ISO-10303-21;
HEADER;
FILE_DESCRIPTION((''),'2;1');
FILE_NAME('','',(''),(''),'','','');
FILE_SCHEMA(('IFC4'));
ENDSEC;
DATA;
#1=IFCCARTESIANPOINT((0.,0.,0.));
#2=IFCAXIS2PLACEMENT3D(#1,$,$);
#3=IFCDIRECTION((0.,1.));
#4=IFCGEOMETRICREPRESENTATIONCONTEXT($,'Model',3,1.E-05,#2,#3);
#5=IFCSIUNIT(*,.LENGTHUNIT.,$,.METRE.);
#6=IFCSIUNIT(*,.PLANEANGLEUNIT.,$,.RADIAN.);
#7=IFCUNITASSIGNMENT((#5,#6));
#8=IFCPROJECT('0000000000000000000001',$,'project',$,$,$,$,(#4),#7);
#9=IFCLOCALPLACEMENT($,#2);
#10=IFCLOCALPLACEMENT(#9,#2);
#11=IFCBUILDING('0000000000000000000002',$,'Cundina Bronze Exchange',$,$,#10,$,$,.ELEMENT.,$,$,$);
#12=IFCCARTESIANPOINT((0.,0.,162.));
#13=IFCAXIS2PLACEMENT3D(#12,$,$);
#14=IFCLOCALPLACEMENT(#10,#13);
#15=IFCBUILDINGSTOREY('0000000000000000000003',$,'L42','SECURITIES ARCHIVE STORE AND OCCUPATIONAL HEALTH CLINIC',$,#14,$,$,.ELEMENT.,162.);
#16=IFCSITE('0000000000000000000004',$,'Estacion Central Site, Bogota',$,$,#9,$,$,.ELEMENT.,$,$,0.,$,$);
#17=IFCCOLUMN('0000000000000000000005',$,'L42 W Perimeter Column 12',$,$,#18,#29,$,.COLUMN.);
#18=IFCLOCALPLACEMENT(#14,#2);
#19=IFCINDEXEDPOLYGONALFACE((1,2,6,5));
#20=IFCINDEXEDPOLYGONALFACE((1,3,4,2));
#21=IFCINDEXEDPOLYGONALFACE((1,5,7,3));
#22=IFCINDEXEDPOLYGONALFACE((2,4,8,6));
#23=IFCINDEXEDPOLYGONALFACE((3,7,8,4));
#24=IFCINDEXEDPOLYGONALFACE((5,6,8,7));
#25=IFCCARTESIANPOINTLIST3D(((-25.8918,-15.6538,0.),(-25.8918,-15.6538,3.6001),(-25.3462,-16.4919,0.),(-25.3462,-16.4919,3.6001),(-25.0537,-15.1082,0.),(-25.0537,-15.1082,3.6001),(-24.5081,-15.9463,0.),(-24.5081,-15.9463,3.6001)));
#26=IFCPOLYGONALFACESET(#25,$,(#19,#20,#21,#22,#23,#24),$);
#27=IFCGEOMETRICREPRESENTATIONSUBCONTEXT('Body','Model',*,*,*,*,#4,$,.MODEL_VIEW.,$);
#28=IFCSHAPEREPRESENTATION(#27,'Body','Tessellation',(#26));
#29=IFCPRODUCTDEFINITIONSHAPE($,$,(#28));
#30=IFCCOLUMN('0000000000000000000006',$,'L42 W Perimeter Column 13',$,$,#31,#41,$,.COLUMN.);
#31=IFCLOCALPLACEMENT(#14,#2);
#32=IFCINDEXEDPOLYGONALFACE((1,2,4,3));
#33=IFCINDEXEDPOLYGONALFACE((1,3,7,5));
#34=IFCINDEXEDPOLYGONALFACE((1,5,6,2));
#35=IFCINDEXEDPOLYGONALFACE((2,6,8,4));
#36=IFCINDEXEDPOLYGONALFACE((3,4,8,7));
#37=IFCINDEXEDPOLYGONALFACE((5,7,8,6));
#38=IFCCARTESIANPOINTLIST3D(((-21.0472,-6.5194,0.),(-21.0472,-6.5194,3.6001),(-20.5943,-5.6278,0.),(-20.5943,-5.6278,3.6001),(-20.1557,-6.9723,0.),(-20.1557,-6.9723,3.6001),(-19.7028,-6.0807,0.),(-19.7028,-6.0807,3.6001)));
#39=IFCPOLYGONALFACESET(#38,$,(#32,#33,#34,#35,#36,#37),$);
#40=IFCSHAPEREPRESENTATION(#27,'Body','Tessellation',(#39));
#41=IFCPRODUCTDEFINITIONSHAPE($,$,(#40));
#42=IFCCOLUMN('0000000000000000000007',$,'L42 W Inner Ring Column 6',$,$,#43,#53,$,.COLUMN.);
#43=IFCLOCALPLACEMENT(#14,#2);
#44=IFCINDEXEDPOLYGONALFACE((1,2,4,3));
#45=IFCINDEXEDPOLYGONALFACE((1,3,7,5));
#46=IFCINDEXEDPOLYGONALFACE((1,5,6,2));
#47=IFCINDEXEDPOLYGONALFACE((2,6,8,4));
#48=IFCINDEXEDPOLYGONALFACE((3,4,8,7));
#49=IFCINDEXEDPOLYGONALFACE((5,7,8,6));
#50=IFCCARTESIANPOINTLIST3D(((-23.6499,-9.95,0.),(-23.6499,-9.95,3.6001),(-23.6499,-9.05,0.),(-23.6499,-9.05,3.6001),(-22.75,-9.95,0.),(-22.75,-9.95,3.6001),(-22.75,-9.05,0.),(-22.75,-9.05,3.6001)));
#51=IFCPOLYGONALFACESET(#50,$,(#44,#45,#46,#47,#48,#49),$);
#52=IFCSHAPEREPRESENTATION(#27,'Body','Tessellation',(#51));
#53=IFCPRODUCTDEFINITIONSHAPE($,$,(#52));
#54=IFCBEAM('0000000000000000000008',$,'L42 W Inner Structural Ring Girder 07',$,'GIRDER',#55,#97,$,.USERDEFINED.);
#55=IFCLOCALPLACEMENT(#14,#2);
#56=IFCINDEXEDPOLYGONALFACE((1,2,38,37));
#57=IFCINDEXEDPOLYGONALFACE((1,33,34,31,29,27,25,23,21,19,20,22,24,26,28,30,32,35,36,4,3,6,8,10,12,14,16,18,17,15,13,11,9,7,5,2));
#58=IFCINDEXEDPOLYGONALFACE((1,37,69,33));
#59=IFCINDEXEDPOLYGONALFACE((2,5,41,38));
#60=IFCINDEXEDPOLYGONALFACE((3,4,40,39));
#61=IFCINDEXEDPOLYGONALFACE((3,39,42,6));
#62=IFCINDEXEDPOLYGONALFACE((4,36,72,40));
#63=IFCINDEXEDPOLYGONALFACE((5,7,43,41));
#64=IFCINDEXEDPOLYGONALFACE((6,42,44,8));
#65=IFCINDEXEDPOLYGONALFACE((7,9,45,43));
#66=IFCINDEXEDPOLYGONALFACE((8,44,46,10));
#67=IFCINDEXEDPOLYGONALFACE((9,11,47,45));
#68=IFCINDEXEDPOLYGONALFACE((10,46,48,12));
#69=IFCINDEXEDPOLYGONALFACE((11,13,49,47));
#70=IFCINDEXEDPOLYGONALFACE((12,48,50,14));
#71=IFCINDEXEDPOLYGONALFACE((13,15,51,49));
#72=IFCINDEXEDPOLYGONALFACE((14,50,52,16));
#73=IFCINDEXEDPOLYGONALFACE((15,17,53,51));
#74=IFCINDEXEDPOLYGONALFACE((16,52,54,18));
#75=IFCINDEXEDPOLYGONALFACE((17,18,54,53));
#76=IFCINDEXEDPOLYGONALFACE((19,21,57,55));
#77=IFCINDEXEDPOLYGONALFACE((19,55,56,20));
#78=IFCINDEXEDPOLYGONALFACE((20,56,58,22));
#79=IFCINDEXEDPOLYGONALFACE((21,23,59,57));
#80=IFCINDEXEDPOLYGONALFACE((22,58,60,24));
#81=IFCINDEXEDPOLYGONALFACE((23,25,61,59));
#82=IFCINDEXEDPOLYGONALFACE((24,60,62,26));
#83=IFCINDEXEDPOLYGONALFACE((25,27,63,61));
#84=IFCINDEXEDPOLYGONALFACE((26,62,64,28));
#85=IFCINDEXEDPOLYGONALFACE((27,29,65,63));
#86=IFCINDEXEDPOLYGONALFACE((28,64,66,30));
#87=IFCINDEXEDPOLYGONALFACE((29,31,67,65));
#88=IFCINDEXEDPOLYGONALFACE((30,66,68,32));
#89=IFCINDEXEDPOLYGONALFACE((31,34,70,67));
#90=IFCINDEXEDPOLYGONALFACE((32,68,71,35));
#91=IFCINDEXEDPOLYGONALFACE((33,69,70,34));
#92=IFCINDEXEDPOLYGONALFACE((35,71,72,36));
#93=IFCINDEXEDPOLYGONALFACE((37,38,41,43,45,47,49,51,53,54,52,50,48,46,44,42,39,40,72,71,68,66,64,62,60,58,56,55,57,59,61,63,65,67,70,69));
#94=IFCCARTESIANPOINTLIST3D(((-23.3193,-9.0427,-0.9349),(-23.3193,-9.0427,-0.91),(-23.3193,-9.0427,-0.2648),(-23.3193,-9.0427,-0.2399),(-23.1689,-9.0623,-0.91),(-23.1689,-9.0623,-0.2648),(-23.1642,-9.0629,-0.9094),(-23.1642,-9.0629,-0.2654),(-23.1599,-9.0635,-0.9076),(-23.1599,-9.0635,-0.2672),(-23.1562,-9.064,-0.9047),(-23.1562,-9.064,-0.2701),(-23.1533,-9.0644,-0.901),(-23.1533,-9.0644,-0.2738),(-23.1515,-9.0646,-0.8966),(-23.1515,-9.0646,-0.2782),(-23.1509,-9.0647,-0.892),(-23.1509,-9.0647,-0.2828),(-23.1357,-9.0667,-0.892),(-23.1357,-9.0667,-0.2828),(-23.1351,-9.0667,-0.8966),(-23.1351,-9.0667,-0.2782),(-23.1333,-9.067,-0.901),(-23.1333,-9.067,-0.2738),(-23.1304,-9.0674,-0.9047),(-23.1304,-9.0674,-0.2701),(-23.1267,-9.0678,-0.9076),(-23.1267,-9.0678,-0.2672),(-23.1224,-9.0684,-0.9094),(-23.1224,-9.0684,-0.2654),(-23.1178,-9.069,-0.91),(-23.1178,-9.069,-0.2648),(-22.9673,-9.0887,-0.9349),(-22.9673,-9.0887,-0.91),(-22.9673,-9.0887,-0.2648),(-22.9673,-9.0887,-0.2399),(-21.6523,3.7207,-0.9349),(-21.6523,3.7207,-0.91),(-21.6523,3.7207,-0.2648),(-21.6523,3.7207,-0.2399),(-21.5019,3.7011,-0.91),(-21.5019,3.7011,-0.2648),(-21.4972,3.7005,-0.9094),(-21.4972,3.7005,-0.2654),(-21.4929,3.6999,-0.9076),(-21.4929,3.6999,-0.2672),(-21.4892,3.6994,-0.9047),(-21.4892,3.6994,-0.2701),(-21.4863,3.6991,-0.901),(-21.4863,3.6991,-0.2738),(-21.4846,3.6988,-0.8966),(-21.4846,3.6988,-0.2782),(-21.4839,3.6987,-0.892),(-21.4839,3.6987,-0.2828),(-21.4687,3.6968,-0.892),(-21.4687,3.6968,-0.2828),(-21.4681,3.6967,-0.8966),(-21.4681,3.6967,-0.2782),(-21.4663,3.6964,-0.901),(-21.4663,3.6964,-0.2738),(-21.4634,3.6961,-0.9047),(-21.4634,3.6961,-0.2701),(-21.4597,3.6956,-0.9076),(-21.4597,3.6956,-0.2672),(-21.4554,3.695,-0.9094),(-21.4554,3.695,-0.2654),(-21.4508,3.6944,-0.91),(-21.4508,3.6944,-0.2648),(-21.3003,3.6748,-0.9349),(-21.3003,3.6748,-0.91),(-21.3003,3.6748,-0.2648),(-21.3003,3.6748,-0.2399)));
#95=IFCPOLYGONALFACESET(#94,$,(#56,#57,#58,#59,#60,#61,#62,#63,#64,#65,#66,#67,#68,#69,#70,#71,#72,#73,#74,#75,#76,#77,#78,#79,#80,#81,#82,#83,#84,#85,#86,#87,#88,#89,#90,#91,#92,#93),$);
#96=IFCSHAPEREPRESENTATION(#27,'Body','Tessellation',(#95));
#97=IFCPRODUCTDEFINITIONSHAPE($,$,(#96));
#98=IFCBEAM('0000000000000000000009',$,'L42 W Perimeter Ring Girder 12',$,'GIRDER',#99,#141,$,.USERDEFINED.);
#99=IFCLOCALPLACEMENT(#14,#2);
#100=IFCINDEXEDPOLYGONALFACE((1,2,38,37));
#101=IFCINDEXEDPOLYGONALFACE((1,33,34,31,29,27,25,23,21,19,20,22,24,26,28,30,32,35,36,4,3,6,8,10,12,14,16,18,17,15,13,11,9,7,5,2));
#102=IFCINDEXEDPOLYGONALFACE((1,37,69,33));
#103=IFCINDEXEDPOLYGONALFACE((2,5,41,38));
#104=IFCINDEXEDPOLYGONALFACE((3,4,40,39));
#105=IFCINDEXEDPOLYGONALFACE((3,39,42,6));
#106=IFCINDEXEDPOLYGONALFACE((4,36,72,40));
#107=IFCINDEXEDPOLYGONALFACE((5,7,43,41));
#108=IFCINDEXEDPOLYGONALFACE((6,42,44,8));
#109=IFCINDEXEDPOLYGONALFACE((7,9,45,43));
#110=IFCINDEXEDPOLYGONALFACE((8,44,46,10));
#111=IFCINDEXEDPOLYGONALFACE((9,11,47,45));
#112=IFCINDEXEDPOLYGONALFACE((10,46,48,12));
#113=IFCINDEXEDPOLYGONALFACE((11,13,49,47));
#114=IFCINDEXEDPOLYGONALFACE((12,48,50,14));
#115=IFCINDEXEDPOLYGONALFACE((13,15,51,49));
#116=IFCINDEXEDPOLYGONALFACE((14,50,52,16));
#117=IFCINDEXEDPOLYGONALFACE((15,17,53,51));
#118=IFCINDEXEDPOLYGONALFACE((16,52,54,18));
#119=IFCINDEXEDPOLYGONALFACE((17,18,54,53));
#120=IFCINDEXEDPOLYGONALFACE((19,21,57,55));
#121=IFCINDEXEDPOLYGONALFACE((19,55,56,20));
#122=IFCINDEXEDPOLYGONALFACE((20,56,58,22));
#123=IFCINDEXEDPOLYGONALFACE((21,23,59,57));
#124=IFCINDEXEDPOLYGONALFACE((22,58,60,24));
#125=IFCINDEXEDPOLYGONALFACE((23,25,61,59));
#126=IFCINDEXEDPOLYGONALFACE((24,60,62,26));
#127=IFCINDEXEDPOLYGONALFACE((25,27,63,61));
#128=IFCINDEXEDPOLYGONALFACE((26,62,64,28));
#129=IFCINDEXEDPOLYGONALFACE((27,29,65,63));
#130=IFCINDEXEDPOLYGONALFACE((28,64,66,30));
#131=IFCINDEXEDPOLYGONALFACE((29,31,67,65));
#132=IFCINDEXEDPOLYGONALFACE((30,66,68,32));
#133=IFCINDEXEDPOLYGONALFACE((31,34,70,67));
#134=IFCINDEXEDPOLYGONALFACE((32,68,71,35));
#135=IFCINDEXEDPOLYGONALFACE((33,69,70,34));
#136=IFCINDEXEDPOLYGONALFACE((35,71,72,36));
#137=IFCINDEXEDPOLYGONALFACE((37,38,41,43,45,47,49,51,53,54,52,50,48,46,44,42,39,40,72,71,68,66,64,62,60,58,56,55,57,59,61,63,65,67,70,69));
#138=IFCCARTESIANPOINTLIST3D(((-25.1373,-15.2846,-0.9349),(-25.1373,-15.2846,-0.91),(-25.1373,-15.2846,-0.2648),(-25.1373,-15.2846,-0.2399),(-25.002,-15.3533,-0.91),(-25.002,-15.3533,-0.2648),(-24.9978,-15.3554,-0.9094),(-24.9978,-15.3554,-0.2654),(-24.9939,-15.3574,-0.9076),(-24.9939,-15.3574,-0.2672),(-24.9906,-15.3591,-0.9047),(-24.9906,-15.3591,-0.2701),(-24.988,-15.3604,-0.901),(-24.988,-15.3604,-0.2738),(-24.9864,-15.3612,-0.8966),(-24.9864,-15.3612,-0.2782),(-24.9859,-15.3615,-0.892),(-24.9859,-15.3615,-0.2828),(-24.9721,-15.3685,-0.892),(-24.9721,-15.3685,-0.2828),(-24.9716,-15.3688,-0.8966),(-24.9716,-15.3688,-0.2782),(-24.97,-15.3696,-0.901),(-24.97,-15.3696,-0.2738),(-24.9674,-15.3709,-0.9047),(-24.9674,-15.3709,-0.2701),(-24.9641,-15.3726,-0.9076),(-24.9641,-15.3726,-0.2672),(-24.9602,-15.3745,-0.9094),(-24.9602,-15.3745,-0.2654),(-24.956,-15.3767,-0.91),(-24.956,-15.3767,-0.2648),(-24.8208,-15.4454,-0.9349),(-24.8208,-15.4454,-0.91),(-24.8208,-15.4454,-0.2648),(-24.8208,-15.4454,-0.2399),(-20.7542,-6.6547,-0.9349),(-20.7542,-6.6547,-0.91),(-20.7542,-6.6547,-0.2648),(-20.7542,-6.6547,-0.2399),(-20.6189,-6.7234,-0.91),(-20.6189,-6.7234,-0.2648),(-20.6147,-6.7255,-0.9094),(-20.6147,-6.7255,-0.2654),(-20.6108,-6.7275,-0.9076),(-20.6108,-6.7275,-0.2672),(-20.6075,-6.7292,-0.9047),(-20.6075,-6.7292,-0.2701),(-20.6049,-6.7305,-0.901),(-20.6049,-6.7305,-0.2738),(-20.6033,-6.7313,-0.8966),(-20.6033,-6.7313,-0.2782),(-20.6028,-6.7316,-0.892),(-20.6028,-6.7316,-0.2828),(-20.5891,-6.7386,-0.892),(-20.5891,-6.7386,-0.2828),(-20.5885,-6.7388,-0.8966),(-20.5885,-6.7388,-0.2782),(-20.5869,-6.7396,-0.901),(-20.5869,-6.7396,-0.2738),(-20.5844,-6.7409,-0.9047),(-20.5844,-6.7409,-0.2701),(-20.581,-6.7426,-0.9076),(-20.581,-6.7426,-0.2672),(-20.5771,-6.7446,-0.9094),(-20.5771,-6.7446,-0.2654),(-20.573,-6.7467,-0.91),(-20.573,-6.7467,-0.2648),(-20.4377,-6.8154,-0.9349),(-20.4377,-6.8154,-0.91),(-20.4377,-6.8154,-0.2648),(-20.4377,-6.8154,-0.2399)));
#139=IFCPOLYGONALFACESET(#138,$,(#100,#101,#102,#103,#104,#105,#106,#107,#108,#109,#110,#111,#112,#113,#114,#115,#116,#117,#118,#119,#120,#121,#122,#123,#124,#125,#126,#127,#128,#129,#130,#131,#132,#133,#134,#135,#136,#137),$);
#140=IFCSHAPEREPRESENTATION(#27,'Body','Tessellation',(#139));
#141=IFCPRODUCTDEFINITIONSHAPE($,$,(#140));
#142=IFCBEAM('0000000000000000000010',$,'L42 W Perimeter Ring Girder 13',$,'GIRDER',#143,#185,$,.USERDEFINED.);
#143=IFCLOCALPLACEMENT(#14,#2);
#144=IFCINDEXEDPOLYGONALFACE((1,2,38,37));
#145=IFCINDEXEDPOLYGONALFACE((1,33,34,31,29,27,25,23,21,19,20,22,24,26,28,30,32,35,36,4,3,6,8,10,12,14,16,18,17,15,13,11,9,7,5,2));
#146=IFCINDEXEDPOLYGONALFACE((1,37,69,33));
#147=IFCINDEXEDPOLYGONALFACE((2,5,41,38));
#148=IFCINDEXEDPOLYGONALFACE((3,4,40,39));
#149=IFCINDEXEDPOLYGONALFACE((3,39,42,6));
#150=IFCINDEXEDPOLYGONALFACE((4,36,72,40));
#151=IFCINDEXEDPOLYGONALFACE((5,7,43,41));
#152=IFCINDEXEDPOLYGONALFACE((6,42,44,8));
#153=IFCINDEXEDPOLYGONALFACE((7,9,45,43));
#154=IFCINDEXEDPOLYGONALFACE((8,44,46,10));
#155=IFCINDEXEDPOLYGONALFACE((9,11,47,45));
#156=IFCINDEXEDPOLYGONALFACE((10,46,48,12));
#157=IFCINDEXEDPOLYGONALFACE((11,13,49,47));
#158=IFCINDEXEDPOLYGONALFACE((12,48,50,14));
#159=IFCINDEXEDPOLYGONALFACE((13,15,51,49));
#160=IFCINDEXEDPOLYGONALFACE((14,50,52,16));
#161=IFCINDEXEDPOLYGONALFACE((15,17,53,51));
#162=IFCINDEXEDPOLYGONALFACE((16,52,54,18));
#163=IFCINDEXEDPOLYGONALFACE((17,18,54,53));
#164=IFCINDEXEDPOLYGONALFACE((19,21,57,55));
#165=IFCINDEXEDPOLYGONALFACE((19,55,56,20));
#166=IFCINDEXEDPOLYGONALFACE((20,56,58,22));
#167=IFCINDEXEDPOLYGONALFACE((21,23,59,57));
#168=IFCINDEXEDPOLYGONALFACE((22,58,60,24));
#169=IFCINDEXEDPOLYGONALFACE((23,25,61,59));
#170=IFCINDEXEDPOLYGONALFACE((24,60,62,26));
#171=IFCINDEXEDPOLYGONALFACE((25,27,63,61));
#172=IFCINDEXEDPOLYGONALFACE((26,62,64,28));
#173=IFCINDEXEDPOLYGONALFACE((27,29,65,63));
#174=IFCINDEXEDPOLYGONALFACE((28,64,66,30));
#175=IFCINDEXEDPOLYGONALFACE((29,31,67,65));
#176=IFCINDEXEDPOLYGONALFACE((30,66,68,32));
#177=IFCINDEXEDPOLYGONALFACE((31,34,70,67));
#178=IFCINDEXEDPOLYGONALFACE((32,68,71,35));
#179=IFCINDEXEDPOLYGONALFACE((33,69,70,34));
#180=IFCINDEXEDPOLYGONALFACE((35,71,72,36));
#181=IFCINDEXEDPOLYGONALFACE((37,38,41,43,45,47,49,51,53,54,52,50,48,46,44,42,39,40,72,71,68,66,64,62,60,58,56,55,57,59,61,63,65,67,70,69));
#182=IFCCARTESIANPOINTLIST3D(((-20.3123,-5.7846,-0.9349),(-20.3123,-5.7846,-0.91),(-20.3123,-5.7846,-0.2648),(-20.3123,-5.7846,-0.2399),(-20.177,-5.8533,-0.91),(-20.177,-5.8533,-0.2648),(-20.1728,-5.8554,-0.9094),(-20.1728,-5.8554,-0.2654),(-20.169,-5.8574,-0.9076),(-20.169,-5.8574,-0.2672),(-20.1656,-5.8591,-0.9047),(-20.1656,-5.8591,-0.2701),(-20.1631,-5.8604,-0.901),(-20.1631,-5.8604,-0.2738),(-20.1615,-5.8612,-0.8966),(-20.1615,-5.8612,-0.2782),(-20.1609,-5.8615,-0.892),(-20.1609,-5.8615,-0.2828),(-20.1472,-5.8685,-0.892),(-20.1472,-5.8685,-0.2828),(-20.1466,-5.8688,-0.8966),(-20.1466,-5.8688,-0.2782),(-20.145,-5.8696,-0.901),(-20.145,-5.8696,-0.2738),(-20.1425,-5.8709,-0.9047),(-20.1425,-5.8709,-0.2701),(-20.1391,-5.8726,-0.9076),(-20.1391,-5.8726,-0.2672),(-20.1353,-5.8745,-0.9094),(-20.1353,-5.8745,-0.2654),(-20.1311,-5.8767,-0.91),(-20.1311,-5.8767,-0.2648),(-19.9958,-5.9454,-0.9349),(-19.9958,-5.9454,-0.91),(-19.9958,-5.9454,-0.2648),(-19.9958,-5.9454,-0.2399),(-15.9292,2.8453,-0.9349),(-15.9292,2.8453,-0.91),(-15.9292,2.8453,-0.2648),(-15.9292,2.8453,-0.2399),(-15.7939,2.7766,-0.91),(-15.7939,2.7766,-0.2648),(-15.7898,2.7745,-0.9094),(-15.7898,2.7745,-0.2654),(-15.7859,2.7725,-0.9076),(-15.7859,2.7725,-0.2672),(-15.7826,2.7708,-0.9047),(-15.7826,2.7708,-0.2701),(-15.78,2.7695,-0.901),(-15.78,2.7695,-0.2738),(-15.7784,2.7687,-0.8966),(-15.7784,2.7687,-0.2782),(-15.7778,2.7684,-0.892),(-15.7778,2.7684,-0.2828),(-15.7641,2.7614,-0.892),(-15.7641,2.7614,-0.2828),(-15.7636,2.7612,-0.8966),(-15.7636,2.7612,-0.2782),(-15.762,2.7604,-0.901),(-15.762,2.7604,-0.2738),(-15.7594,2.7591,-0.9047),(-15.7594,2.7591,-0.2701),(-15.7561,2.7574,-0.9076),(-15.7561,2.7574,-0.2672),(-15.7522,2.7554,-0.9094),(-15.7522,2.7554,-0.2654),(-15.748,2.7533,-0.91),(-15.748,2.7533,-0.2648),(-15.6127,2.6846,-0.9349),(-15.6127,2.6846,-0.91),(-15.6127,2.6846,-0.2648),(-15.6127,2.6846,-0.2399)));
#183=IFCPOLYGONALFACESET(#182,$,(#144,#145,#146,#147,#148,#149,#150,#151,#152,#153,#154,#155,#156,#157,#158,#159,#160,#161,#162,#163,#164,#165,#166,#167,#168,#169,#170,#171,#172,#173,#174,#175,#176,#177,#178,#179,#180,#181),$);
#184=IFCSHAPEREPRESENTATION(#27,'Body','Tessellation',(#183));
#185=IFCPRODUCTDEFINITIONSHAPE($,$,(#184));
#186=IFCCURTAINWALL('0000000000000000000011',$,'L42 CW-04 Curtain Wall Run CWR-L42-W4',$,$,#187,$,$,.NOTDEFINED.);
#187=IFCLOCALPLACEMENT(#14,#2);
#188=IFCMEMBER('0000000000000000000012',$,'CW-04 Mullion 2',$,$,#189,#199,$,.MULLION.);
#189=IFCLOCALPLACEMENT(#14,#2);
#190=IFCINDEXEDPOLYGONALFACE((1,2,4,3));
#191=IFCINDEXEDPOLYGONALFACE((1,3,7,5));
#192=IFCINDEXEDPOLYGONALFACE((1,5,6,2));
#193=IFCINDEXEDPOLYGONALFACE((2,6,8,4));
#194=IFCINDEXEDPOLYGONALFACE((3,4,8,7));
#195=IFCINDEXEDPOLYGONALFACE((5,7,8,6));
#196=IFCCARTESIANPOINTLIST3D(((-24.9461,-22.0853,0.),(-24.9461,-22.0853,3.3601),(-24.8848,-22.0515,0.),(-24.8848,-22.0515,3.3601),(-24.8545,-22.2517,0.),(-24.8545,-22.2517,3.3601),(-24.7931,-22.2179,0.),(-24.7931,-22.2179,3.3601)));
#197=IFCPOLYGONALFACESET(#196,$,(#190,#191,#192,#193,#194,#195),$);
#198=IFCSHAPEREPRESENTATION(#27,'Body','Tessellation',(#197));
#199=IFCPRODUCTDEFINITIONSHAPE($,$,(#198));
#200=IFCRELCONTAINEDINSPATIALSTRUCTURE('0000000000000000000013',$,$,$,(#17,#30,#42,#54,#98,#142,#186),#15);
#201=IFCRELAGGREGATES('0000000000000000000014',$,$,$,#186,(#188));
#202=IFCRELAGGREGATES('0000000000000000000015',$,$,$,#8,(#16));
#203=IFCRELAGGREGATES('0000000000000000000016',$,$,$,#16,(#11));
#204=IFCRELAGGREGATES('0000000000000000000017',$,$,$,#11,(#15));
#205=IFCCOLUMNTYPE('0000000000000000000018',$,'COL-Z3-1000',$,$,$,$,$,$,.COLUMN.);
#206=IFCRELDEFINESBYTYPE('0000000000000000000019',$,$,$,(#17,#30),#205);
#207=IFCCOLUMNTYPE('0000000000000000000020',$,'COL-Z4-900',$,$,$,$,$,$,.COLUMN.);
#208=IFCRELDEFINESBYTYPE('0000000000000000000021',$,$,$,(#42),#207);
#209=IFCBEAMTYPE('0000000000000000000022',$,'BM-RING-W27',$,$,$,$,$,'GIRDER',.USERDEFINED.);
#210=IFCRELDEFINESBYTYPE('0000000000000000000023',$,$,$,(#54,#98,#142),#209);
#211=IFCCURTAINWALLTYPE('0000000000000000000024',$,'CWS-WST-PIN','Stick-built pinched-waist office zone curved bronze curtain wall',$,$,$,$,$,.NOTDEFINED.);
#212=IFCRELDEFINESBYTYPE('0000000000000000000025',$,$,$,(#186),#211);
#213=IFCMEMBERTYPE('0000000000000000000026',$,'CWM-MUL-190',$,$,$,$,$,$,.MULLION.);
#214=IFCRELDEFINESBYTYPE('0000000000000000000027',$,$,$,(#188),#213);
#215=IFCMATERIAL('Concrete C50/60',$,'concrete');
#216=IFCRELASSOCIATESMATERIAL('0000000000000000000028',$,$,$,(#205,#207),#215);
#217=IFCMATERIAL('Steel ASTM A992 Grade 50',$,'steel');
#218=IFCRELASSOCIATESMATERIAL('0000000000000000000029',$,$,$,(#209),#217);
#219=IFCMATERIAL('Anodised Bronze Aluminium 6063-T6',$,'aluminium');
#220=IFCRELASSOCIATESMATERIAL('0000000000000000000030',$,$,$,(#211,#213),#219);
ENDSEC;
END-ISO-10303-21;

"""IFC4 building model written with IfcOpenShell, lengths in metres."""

from ifc_helpers import new_model, si_unit, direction, frame, origin, origin_2d, place, context, subcontext, project, spatial, rectangle, i_section, extrude, material, material_profile, profile_set, type_object, element, aggregate, save


model = new_model("IFC4")

# Units and contexts
model_context = context("Model", 3, precision=1e-05, world=origin(), true_north=direction((0.0, 1.0)))
body_context = subcontext(model_context, "Body", "Model", "MODEL_VIEW")
ifc_project = project(units=[si_unit("LENGTHUNIT", "METRE"), si_unit("PLANEANGLEUNIT", "RADIAN")], contexts=[model_context])

# Site, building, storey
site_placement = place(None, origin())
site = spatial("IfcSite", under=ifc_project, at=site_placement, Name="Estacion Central Site, Bogota", CompositionType="ELEMENT", RefElevation=0.0)
building_placement = place(site_placement, origin())
building = spatial("IfcBuilding", under=site, at=building_placement, Name="Cundina Bronze Exchange", CompositionType="ELEMENT")
storey_placement = place(building_placement, frame((0.0, 0.0, 162.0)))
storey = spatial("IfcBuildingStorey", under=building, at=storey_placement, Name="L42", Description="SECURITIES ARCHIVE STORE AND OCCUPATIONAL HEALTH CLINIC", CompositionType="ELEMENT", Elevation=162.0)

# Columns
ifc_material_1 = material(Name="Concrete C50/60", Category="concrete")
ifc_material_profile_1 = material_profile(ifc_material_1, rectangle(XDim=1.0, YDim=1.0, at=origin_2d()), Name="RC1000X1000", Category="concrete")
ifc_profile_set_1 = profile_set([ifc_material_profile_1], Name="Concrete C50/60")
column_type_1 = type_object("IfcColumnType", Name="COL-Z3-1000", PredefinedType="COLUMN", material=ifc_profile_set_1)
for number, where, z_axis, x_axis, name in (
    (1, (-25.2, -15.8, 0.0), (0.0, 0.0, 1.0), (0.8381, 0.545517, 0.0), "L42 W Perimeter Column 12"),
    (2, (-20.375, -6.3, 0.0), (0.0, 0.0, 1.0), (0.452902, 0.891561, 0.0), "L42 W Perimeter Column 13"),
):
    element("IfcColumn", number, at=place(storey_placement, frame(where, z_axis=z_axis, x_axis=x_axis)), inside=storey, type_object=column_type_1, Name=name, PredefinedType="COLUMN", context=body_context, shape_type="SweptSolid", body=[
        extrude(rectangle(XDim=1.0, YDim=1.0, at=origin_2d()), origin(), (0.0, 0.0, 1.0), 3.6001),
    ])
ifc_material_profile_2 = material_profile(ifc_material_1, rectangle(XDim=0.8999, YDim=0.8999, at=origin_2d()), Name="RC900X900", Category="concrete")
ifc_profile_set_2 = profile_set([ifc_material_profile_2], Name="Concrete C50/60")
column_type_2 = type_object("IfcColumnType", Name="COL-Z4-900", PredefinedType="COLUMN", material=ifc_profile_set_2)
column_placement = place(storey_placement, frame((-23.2, -9.5, 0.0), z_axis=(0.0, 0.0, 1.0), x_axis=(1.0, 0.0, 0.0)))
element("IfcColumn", 3, at=column_placement, inside=storey, type_object=column_type_2, Name="L42 W Inner Ring Column 6", PredefinedType="COLUMN", context=body_context, shape_type="SweptSolid", body=[
    extrude(rectangle(XDim=0.8999, YDim=0.8999, at=origin_2d()), origin(), (0.0, 0.0, 1.0), 3.6001),
])

# Beams
ifc_material_2 = material(Name="Steel ASTM A992 Grade 50", Category="steel")
ifc_material_profile_3 = material_profile(ifc_material_2, i_section(OverallWidth=0.355, OverallDepth=0.6951, WebThickness=0.0154, FlangeThickness=0.0249, FilletRadius=0.0181, at=origin_2d()), Name="W27X146", Category="steel")
ifc_profile_set_3 = profile_set([ifc_material_profile_3], Name="Steel ASTM A992 Grade 50")
beam_type = type_object("IfcBeamType", Name="BM-RING-W27", ElementType="GIRDER", PredefinedType="USERDEFINED", material=ifc_profile_set_3)
beam_placement = place(storey_placement, frame((-23.1433, -9.0657, -0.5874), z_axis=(0.129507, 0.991579, 0.0), x_axis=(-0.991579, 0.129507, 0.0)))
element("IfcBeam", 4, at=beam_placement, inside=storey, type_object=beam_type, Name="L42 W Inner Structural Ring Girder 07", ObjectType="GIRDER", PredefinedType="USERDEFINED", context=body_context, shape_type="SweptSolid", body=[
    extrude(i_section(OverallWidth=0.355, OverallDepth=0.6951, WebThickness=0.0154, FlangeThickness=0.0249, FilletRadius=0.0181, at=origin_2d()), origin(), (0.0, 0.0, 1.0), 12.8718),
])
for number, where, z_axis, x_axis, name in (
    (5, (-24.979, -15.365, -0.5874), (0.452835, 0.891595, 0.0), (-0.891595, 0.452835, 0.0), "L42 W Perimeter Ring Girder 12"),
    (6, (-20.1541, -5.865, -0.5874), (0.452835, 0.891595, 0.0), (-0.891595, 0.452835, 0.0), "L42 W Perimeter Ring Girder 13"),
):
    element("IfcBeam", number, at=place(storey_placement, frame(where, z_axis=z_axis, x_axis=x_axis)), inside=storey, type_object=beam_type, Name=name, ObjectType="GIRDER", PredefinedType="USERDEFINED", context=body_context, shape_type="SweptSolid", body=[
        extrude(i_section(OverallWidth=0.355, OverallDepth=0.6951, WebThickness=0.0154, FlangeThickness=0.0249, FilletRadius=0.0181, at=origin_2d()), origin(), (0.0, 0.0, 1.0), 9.6792),
    ])

# Curtain wall, member
ifc_material_3 = material(Name="Anodised Bronze Aluminium 6063-T6", Category="aluminium")
curtain_wall_type = type_object("IfcCurtainWallType", Name="CWS-WST-PIN", Description="Stick-built pinched-waist office zone curved bronze curtain wall", PredefinedType="NOTDEFINED", material=ifc_material_3)
curtain_wall_placement = place(storey_placement, origin())
curtain_wall = element("IfcCurtainWall", 7, at=curtain_wall_placement, inside=storey, type_object=curtain_wall_type, Name="L42 CW-04 Curtain Wall Run CWR-L42-W4", PredefinedType="NOTDEFINED")
ifc_material_profile_4 = material_profile(ifc_material_3, rectangle(XDim=0.0701, YDim=0.1899, at=origin_2d()), Name="AL70X190", Category="aluminium")
ifc_profile_set_4 = profile_set([ifc_material_profile_4], Name="Anodised Bronze Aluminium 6063-T6")
member_type_1 = type_object("IfcMemberType", Name="CWM-MUL-190", PredefinedType="MULLION", material=ifc_profile_set_4)
member_1_placement = place(storey_placement, frame((-24.8696, -22.1516, 0.0), z_axis=(0.0, 0.0, 1.0), x_axis=(0.875886, 0.482518, 0.0)))
member_1 = element("IfcMember", 8, at=member_1_placement, type_object=member_type_1, Name="CW-04 Mullion 2", PredefinedType="MULLION", context=body_context, shape_type="SweptSolid", body=[
    extrude(rectangle(XDim=0.0701, YDim=0.1899, at=origin_2d()), origin(), (0.0, 0.0, 1.0), 3.3601),
])
aggregate(curtain_wall, [member_1])

save(model, "model.ifc")
